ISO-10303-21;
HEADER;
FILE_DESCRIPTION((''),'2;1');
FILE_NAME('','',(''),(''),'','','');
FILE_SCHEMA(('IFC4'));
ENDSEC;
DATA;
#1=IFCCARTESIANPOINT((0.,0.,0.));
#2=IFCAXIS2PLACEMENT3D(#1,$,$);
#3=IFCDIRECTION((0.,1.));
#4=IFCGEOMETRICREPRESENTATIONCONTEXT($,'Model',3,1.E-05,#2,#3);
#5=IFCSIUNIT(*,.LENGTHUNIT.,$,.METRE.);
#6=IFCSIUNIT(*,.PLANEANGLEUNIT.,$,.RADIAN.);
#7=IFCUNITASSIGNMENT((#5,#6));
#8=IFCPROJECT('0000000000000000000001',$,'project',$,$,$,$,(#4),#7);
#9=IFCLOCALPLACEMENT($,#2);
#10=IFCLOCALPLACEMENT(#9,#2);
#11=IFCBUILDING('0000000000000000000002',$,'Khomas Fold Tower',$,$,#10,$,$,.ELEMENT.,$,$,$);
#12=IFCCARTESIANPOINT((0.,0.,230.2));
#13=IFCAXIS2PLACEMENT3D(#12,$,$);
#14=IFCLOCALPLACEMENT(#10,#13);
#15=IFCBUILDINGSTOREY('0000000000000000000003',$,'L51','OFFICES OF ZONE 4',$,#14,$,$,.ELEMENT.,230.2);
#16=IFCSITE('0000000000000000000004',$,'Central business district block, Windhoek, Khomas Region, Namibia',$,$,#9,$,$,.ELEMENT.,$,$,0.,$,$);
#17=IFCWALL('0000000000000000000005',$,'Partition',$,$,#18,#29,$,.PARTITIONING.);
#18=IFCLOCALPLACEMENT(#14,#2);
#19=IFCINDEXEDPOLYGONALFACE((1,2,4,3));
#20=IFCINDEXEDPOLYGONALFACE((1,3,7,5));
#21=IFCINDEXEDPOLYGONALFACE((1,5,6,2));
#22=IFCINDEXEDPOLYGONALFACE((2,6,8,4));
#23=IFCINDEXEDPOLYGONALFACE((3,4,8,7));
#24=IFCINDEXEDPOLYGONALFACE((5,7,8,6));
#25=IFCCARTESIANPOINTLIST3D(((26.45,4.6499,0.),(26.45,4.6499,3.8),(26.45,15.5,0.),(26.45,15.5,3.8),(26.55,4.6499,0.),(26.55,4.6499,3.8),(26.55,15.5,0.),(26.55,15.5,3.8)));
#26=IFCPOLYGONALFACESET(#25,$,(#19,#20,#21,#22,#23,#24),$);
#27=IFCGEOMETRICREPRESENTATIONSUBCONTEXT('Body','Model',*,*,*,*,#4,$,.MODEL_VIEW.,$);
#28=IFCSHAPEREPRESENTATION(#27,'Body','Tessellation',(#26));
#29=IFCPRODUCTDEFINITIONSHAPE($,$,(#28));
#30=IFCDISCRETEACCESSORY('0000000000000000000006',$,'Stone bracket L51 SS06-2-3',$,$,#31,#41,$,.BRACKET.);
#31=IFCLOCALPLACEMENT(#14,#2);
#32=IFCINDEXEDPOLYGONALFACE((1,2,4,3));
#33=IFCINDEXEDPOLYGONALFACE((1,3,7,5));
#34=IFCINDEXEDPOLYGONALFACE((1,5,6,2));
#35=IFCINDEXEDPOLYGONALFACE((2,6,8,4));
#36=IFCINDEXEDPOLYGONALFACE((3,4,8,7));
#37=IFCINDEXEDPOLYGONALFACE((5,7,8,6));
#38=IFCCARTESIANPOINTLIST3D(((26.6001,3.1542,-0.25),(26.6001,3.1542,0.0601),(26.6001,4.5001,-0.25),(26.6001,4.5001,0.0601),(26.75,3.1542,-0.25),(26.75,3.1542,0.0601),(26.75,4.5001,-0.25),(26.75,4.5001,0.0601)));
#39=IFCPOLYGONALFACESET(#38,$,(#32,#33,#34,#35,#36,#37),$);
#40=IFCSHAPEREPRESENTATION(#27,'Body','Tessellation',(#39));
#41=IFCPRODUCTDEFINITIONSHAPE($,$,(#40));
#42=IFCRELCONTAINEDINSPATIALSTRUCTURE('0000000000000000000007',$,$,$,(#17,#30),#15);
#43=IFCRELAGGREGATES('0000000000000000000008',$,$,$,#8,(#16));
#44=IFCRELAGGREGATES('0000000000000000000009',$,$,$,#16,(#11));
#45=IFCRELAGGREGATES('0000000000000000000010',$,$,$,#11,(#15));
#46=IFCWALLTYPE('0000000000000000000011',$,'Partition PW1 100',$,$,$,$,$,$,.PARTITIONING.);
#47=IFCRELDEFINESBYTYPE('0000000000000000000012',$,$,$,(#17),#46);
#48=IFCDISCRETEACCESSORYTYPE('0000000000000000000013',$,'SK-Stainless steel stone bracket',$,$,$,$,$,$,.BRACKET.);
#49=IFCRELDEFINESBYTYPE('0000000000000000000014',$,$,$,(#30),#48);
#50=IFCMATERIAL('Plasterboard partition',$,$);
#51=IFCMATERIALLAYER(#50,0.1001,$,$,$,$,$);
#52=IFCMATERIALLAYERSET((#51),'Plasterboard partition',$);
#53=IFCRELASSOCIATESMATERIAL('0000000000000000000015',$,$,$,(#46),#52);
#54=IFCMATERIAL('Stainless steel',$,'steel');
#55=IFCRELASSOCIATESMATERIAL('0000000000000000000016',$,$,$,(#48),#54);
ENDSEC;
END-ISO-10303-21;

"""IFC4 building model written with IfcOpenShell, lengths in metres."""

from ifc_helpers import new_model, si_unit, direction, frame, frame_2d, origin, origin_2d, place, context, subcontext, project, spatial, rectangle, extrude, source, transform, mapped, material, layer, layer_set, type_object, element, save


model = new_model("IFC4")

# Units and contexts
model_context = context("Model", 3, precision=1e-05, world=origin(), true_north=direction((0.0, 1.0)))
body_context = subcontext(model_context, "Body", "Model", "MODEL_VIEW")
ifc_project = project(units=[si_unit("LENGTHUNIT", "METRE"), si_unit("PLANEANGLEUNIT", "RADIAN")], contexts=[model_context])

# Site, building, storey
site_placement = place(None, origin())
site = spatial("IfcSite", under=ifc_project, at=site_placement, Name="Central business district block, Windhoek, Khomas Region, Namibia", CompositionType="ELEMENT", RefElevation=0.0)
building_placement = place(site_placement, origin())
building = spatial("IfcBuilding", under=site, at=building_placement, Name="Khomas Fold Tower", CompositionType="ELEMENT")
storey_placement = place(building_placement, frame((0.0, 0.0, 230.2)))
storey = spatial("IfcBuildingStorey", under=building, at=storey_placement, Name="L51", Description="OFFICES OF ZONE 4", CompositionType="ELEMENT", Elevation=230.2)

# Wall
ifc_material_1 = material(Name="Plasterboard partition")
ifc_layer_1 = layer(ifc_material_1, 0.1001)
ifc_layer_set_1 = layer_set([ifc_layer_1], Name="Plasterboard partition")
wall_type_1 = type_object("IfcWallType", Name="Partition PW1 100", PredefinedType="PARTITIONING", material=ifc_layer_set_1)
shared_shape_1 = source(origin(), body_context, "Body", "SweptSolid", [
    extrude(rectangle(XDim=10.8501, YDim=0.1001, at=frame_2d((5.425, 0.0))), origin(), (0.0, 0.0, 1.0), 3.8),
])
wall_1_placement = place(storey_placement, frame((26.5, 4.6499, 0.0), z_axis=(0.0, 0.0, 1.0), x_axis=(0.0, 1.0, 0.0)))
element("IfcWall", 1, at=wall_1_placement, inside=storey, type_object=wall_type_1, Name="Partition", PredefinedType="PARTITIONING", context=body_context, shape_type="MappedRepresentation", body=[
    mapped(shared_shape_1, transform((0.0, 0.0, 0.0))),
])

# Discrete accessory
ifc_material_2 = material(Name="Stainless steel", Category="steel")
discrete_accessory_type = type_object("IfcDiscreteAccessoryType", Name="SK-Stainless steel stone bracket", PredefinedType="BRACKET", material=ifc_material_2)
shared_shape_2 = source(origin(), body_context, "Body", "SweptSolid", [
    extrude(rectangle(XDim=1.3459, YDim=0.1499, at=origin_2d()), origin(), (0.0, 0.0, 1.0), 0.3101),
])
discrete_accessory_placement = place(storey_placement, frame((26.675, 3.8271, -0.25), z_axis=(0.0, 0.0, 1.0), x_axis=(0.0, -1.0, 0.0)))
element("IfcDiscreteAccessory", 2, at=discrete_accessory_placement, inside=storey, type_object=discrete_accessory_type, Name="Stone bracket L51 SS06-2-3", PredefinedType="BRACKET", context=body_context, shape_type="MappedRepresentation", body=[
    mapped(shared_shape_2, transform((0.0, 0.0, 0.0))),
])

save(model, "model.ifc")
